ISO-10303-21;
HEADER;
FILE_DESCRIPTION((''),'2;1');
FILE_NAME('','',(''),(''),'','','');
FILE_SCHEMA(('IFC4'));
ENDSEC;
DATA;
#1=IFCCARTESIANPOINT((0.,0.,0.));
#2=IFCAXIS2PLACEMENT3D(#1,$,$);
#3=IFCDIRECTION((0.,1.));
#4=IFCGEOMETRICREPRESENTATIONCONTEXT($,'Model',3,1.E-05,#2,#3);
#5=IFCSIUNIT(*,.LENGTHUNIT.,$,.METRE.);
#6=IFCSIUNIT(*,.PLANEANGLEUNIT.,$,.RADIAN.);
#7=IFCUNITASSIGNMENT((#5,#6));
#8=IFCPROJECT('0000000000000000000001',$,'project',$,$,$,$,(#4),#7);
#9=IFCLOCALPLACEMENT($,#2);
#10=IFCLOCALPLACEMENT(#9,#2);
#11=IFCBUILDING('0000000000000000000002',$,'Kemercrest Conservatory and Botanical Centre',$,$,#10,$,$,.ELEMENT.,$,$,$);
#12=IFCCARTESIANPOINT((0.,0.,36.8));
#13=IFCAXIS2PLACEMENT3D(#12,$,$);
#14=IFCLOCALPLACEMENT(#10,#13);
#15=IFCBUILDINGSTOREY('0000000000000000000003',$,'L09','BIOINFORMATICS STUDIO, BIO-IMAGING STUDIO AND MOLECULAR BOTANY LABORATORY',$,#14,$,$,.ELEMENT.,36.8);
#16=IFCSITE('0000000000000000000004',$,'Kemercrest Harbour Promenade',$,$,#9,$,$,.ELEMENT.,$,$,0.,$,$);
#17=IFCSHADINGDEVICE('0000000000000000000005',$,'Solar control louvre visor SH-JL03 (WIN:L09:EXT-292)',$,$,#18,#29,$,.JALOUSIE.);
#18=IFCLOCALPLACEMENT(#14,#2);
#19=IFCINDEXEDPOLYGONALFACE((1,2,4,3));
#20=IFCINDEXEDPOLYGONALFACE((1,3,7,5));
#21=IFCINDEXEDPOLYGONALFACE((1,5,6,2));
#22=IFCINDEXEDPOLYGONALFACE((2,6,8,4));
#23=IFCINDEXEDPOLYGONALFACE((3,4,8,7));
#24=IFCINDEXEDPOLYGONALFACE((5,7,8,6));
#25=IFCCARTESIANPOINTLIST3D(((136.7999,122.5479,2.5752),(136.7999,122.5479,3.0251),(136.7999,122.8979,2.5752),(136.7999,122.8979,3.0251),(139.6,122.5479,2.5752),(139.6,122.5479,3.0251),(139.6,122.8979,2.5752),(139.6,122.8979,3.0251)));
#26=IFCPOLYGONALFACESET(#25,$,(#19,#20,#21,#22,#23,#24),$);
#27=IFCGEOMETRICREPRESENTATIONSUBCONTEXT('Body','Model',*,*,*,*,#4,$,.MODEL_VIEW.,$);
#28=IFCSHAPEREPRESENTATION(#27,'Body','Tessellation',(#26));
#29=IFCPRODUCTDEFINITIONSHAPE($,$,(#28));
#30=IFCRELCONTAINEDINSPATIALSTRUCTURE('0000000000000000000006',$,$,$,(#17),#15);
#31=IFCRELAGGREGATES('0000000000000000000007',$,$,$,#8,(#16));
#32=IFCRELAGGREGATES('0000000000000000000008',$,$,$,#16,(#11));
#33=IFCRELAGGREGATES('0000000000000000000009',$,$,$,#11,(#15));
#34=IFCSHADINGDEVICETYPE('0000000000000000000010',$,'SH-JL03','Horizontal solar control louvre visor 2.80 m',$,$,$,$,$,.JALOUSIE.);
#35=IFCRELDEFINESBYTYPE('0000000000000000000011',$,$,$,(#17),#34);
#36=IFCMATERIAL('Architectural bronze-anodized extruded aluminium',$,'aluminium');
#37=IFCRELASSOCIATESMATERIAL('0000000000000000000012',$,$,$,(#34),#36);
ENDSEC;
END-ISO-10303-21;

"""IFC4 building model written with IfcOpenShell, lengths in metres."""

from ifc_helpers import new_model, si_unit, direction, frame, origin, origin_2d, place, context, subcontext, project, spatial, rectangle, extrude, material, type_object, element, save


model = new_model("IFC4")

# Units and contexts
model_context = context("Model", 3, precision=1e-05, world=origin(), true_north=direction((0.0, 1.0)))
body_context = subcontext(model_context, "Body", "Model", "MODEL_VIEW")
ifc_project = project(units=[si_unit("LENGTHUNIT", "METRE"), si_unit("PLANEANGLEUNIT", "RADIAN")], contexts=[model_context])

# Site, building, storey
site_placement = place(None, origin())
site = spatial("IfcSite", under=ifc_project, at=site_placement, Name="Kemercrest Harbour Promenade", CompositionType="ELEMENT", RefElevation=0.0)
building_placement = place(site_placement, origin())
building = spatial("IfcBuilding", under=site, at=building_placement, Name="Kemercrest Conservatory and Botanical Centre", CompositionType="ELEMENT")
storey_placement = place(building_placement, frame((0.0, 0.0, 36.8)))
storey = spatial("IfcBuildingStorey", under=building, at=storey_placement, Name="L09", Description="BIOINFORMATICS STUDIO, BIO-IMAGING STUDIO AND MOLECULAR BOTANY LABORATORY", CompositionType="ELEMENT", Elevation=36.8)

# Shading device
ifc_material_1 = material(Name="Architectural bronze-anodized extruded aluminium", Category="aluminium")
shading_device_type_1 = type_object("IfcShadingDeviceType", Name="SH-JL03", Description="Horizontal solar control louvre visor 2.80 m", PredefinedType="JALOUSIE", material=ifc_material_1)
shading_device_1_placement = place(storey_placement, frame((138.2, 122.7229, 2.5752), z_axis=(0.0, 0.0, 1.0), x_axis=(-1.0, 0.0, 0.0)))
element("IfcShadingDevice", 1, at=shading_device_1_placement, inside=storey, type_object=shading_device_type_1, Name="Solar control louvre visor SH-JL03 (WIN:L09:EXT-292)", PredefinedType="JALOUSIE", context=body_context, shape_type="SweptSolid", body=[
    extrude(rectangle(XDim=2.8, YDim=0.3501, at=origin_2d()), origin(), (0.0, 0.0, 1.0), 0.45),
])

save(model, "model.ifc")
